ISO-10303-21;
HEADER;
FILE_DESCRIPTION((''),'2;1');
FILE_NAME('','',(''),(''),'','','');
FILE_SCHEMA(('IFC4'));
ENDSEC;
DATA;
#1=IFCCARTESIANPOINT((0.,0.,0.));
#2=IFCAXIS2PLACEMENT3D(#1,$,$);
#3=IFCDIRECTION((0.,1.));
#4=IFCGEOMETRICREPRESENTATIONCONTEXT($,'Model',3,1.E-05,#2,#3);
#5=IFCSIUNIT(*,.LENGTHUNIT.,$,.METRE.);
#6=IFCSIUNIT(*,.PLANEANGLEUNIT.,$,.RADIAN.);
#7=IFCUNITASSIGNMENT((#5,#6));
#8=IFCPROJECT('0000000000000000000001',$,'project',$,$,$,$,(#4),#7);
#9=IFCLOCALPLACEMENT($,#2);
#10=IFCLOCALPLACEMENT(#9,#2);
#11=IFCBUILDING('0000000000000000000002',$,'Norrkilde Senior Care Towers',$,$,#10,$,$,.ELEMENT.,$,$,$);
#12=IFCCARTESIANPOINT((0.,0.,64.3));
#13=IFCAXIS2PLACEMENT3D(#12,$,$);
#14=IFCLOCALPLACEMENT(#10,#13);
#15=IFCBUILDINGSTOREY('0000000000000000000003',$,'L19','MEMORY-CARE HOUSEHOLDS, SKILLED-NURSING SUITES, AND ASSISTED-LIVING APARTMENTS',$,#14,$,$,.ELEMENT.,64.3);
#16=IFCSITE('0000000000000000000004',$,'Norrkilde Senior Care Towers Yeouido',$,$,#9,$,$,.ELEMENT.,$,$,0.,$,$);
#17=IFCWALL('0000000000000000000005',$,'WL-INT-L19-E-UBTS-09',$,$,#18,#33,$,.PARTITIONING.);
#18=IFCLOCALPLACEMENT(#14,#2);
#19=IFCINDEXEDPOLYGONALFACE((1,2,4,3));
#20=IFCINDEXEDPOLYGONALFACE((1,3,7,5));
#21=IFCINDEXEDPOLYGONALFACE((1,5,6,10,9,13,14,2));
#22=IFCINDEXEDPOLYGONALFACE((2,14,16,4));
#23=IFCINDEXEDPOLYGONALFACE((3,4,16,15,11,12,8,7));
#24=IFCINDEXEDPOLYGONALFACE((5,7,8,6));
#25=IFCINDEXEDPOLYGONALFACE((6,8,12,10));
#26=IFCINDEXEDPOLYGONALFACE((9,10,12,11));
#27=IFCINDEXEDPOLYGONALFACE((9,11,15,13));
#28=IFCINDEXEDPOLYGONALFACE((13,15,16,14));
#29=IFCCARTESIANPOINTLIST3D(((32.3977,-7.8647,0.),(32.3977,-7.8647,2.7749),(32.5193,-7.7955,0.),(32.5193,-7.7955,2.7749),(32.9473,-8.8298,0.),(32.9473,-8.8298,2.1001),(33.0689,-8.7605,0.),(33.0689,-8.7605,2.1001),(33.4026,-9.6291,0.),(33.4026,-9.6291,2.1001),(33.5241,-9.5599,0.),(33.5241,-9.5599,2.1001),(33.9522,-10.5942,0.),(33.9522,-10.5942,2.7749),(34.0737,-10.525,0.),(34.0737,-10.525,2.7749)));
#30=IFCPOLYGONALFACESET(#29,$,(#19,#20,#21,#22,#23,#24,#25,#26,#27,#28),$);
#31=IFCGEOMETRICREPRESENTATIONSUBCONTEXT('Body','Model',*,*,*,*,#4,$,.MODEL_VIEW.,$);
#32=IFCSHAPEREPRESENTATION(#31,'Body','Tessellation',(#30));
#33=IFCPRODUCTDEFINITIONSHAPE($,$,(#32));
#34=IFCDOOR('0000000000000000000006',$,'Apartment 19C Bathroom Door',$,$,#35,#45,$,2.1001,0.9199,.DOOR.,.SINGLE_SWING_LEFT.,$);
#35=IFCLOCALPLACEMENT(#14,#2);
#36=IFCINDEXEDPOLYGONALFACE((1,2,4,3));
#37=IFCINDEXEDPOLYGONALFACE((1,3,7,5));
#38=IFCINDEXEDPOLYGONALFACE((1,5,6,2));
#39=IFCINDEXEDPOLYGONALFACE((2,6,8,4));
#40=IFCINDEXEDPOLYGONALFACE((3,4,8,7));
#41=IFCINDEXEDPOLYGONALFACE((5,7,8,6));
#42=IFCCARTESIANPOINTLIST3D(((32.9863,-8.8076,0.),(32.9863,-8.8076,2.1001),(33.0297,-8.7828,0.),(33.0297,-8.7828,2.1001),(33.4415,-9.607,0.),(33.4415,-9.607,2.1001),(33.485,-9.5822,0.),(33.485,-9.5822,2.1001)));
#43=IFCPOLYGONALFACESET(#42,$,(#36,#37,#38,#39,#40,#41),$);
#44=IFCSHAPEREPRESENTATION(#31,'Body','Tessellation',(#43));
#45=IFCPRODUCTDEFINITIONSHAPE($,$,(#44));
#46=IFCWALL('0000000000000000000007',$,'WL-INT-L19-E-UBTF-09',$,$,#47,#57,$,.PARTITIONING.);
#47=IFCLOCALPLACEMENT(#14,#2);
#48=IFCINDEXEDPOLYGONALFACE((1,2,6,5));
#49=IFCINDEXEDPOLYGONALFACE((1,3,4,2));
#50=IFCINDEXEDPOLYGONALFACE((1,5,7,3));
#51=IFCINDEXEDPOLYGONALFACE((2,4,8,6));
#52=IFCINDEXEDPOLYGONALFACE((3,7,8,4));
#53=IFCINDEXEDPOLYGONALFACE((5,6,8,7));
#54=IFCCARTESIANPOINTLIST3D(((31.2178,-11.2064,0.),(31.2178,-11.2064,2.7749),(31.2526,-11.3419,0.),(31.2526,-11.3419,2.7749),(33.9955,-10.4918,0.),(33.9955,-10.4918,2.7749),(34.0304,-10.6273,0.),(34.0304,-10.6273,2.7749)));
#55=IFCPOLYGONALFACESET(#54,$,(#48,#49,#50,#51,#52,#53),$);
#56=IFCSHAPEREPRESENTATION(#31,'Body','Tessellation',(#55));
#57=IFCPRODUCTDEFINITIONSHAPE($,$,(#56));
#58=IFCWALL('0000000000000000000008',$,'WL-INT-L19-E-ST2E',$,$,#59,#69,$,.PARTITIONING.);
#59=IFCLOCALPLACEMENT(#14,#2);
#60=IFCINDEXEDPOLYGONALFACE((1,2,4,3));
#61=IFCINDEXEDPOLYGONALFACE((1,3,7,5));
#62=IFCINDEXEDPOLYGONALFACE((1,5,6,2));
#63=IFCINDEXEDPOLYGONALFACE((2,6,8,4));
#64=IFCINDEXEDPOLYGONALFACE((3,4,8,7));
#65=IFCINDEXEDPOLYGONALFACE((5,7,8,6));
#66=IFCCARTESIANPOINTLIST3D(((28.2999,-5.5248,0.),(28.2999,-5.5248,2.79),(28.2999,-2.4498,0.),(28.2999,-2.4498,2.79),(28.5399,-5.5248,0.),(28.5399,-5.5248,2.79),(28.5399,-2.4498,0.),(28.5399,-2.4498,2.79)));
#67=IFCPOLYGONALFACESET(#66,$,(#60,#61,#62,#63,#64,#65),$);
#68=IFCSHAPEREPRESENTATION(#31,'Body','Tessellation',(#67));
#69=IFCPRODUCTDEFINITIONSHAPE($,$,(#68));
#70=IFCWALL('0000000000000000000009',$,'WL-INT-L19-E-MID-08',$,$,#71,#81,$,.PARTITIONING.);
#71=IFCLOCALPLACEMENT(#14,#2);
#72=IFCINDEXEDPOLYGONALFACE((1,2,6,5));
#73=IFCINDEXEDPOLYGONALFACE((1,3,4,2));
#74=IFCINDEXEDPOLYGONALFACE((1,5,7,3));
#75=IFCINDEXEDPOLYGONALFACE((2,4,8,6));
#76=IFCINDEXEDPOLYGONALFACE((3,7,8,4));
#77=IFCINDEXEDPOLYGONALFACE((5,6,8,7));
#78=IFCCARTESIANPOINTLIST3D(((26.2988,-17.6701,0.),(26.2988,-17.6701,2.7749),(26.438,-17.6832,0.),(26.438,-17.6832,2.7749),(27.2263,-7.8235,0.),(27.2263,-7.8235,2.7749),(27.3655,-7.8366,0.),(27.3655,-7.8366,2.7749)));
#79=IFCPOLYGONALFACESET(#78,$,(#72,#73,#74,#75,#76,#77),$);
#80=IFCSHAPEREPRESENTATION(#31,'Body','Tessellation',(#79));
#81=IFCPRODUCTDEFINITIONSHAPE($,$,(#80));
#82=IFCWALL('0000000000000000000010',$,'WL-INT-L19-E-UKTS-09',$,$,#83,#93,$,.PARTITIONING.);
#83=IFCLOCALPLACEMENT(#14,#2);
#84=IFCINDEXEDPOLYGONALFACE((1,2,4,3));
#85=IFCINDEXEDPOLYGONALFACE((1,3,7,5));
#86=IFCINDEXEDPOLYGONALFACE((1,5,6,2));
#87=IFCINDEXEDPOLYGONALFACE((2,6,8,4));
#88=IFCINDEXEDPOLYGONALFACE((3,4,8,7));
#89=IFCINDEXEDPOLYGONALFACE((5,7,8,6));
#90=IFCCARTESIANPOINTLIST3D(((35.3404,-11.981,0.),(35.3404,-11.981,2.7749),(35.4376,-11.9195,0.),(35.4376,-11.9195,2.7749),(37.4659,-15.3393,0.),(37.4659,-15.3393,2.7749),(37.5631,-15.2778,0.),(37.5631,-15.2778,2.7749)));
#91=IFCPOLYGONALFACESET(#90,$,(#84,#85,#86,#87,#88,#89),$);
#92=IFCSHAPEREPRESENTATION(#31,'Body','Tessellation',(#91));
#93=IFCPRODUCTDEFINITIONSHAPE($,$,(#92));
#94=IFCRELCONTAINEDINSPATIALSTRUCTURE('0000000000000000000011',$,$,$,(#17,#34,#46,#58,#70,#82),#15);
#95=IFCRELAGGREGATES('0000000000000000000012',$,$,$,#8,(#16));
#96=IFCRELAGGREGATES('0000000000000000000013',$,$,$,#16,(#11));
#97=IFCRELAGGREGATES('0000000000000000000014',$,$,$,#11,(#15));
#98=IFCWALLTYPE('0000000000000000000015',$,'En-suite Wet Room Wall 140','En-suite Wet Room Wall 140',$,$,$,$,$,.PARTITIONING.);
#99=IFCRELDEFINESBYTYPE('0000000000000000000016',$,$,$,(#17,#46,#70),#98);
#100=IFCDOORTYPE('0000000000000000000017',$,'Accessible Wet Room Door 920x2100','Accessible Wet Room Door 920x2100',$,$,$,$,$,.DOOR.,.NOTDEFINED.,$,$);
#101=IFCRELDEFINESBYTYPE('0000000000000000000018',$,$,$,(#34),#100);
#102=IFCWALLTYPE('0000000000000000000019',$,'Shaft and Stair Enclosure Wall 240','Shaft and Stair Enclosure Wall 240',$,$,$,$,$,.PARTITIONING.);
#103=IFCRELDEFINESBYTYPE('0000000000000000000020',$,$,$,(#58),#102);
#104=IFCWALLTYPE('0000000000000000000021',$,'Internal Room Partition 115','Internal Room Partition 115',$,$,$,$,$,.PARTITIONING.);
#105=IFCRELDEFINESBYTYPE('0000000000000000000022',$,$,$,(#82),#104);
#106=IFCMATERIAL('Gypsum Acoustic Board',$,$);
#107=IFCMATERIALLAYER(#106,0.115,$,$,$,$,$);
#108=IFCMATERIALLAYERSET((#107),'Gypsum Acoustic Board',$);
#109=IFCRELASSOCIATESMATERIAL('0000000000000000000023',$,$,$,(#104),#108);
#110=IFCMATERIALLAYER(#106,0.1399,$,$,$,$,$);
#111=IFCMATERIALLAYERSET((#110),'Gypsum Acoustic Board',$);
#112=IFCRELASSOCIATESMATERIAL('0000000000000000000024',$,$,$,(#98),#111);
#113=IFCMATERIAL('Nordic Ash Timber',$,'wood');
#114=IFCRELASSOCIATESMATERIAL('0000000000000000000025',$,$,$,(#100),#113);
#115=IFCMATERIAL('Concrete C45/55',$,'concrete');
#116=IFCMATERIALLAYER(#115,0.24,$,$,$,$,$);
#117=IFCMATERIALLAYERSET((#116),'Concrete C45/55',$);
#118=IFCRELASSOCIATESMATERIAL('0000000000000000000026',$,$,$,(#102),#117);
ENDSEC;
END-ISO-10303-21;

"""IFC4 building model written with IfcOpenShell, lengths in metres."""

from ifc_helpers import new_model, si_unit, direction, frame, frame_2d, origin, place, context, subcontext, project, spatial, rectangle, extrude, source, transform, mapped, material, layer, layer_set, type_object, type_shapes, element, fill, save


model = new_model("IFC4")

# Units and contexts
model_context = context("Model", 3, precision=1e-05, world=origin(), true_north=direction((0.0, 1.0)))
body_context = subcontext(model_context, "Body", "Model", "MODEL_VIEW")
ifc_project = project(units=[si_unit("LENGTHUNIT", "METRE"), si_unit("PLANEANGLEUNIT", "RADIAN")], contexts=[model_context])

# Site, building, storey
site_placement = place(None, origin())
site = spatial("IfcSite", under=ifc_project, at=site_placement, Name="Norrkilde Senior Care Towers Yeouido", CompositionType="ELEMENT", RefElevation=0.0)
building_placement = place(site_placement, origin())
building = spatial("IfcBuilding", under=site, at=building_placement, Name="Norrkilde Senior Care Towers", CompositionType="ELEMENT")
storey_placement = place(building_placement, frame((0.0, 0.0, 64.3)))
storey = spatial("IfcBuildingStorey", under=building, at=storey_placement, Name="L19", Description="MEMORY-CARE HOUSEHOLDS, SKILLED-NURSING SUITES, AND ASSISTED-LIVING APARTMENTS", CompositionType="ELEMENT", Elevation=64.3)

# Shared definitions
ifc_material_1 = material(Name="Gypsum Acoustic Board")
ifc_layer_1 = layer(ifc_material_1, 0.115)
ifc_layer_set_1 = layer_set([ifc_layer_1], Name="Gypsum Acoustic Board")
wall_type_1 = type_object("IfcWallType", Name="Internal Room Partition 115", Description="Internal Room Partition 115", PredefinedType="PARTITIONING", material=ifc_layer_set_1)
ifc_material_2 = material(Name="Concrete C45/55", Category="concrete")

# Wall, opening, door
ifc_layer_2 = layer(ifc_material_1, 0.1399)
ifc_layer_set_2 = layer_set([ifc_layer_2], Name="Gypsum Acoustic Board")
wall_type_2 = type_object("IfcWallType", Name="En-suite Wet Room Wall 140", Description="En-suite Wet Room Wall 140", PredefinedType="PARTITIONING", material=ifc_layer_set_2)
shared_shape_1 = source(origin(), body_context, "Body", "SweptSolid", [
    extrude(rectangle(XDim=3.1411, YDim=0.1399, at=frame_2d((1.5706, 0.0))), origin(), (0.0, 0.0, 1.0), 2.7749),
])
wall_1_placement = place(storey_placement, frame((32.4585, -7.8301, 0.0), z_axis=(0.0, 0.0, 1.0), x_axis=(0.494874, -0.868964, 0.0)))
wall_1 = element("IfcWall", 1, at=wall_1_placement, inside=storey, type_object=wall_type_2, Name="WL-INT-L19-E-UBTS-09", PredefinedType="PARTITIONING", context=body_context, shape_type="MappedRepresentation", body=[
    mapped(shared_shape_1, transform((0.0, 0.0, 0.0), x_axis=(1.0, 0.0, 0.0), y_axis=(0.0, 1.0, 0.0), z_axis=(0.0, 0.0, 1.0), scale=1.0)),
])
opening_1_placement = place(wall_1_placement, frame((1.1106, 0.0, 0.0)))
opening_1 = element("IfcOpeningElement", 2, at=opening_1_placement, cuts=wall_1, PredefinedType="OPENING", context=body_context, shape_type="SweptSolid", body=[
    extrude(rectangle(XDim=0.9199, YDim=2.1001, at=frame_2d((0.46, 1.05))), frame((0.0, 0.0798, 0.0), z_axis=(0.0, -1.0, 0.0), x_axis=(1.0, 0.0, 0.0)), (0.0, 0.0, 1.0), 0.1599),
])
ifc_material_3 = material(Name="Nordic Ash Timber", Category="wood")
door_type_1 = type_object("IfcDoorType", Name="Accessible Wet Room Door 920x2100", Description="Accessible Wet Room Door 920x2100", OperationType="NOTDEFINED", PredefinedType="DOOR", material=ifc_material_3)
shared_shape_2 = source(origin(), body_context, "Body", "SweptSolid", [
    extrude(rectangle(XDim=0.9199, YDim=2.1001, at=frame_2d((0.46, 1.05))), frame((0.0, 0.0249, 0.0), z_axis=(0.0, -1.0, 0.0), x_axis=(1.0, 0.0, 0.0)), (0.0, 0.0, 1.0), 0.05),
])
type_shapes(door_type_1, [shared_shape_2])
door_1_placement = place(opening_1_placement, origin())
door_1 = element("IfcDoor", 3, at=door_1_placement, inside=storey, type_object=door_type_1, Name="Apartment 19C Bathroom Door", OperationType="SINGLE_SWING_LEFT", OverallHeight=2.1001, OverallWidth=0.9199, PredefinedType="DOOR", context=body_context, shape_type="MappedRepresentation", body=[
    mapped(shared_shape_2, transform((0.0, 0.0, 0.0), x_axis=(1.0, 0.0, 0.0), y_axis=(0.0, 1.0, 0.0), z_axis=(0.0, 0.0, 1.0), scale=1.0)),
])
fill(opening_1, door_1)

# Walls
shared_shape_3 = source(origin(), body_context, "Body", "SweptSolid", [
    extrude(rectangle(XDim=2.8682, YDim=0.1399, at=frame_2d((1.4341, 0.0))), origin(), (0.0, 0.0, 1.0), 2.7749),
])
wall_2_placement = place(storey_placement, frame((34.0129, -10.5596, 0.0), z_axis=(0.0, 0.0, 1.0), x_axis=(-0.968468, -0.249139, 0.0)))
element("IfcWall", 4, at=wall_2_placement, inside=storey, type_object=wall_type_2, Name="WL-INT-L19-E-UBTF-09", PredefinedType="PARTITIONING", context=body_context, shape_type="MappedRepresentation", body=[
    mapped(shared_shape_3, transform((0.0, 0.0, 0.0), x_axis=(1.0, 0.0, 0.0), y_axis=(0.0, 1.0, 0.0), z_axis=(0.0, 0.0, 1.0), scale=1.0)),
])
ifc_layer_3 = layer(ifc_material_2, 0.24)
ifc_layer_set_3 = layer_set([ifc_layer_3], Name="Concrete C45/55")
wall_type_3 = type_object("IfcWallType", Name="Shaft and Stair Enclosure Wall 240", Description="Shaft and Stair Enclosure Wall 240", PredefinedType="PARTITIONING", material=ifc_layer_set_3)
shared_shape_4 = source(origin(), body_context, "Body", "SweptSolid", [
    extrude(rectangle(XDim=3.075, YDim=0.24, at=frame_2d((1.5376, 0.0))), origin(), (0.0, 0.0, 1.0), 2.79),
])
type_shapes(wall_type_3, [shared_shape_4])
wall_3_placement = place(storey_placement, frame((28.4199, -5.5249, 0.0), z_axis=(0.0, 0.0, 1.0), x_axis=(0.0, 1.0, 0.0)))
element("IfcWall", 5, at=wall_3_placement, inside=storey, type_object=wall_type_3, Name="WL-INT-L19-E-ST2E", PredefinedType="PARTITIONING", context=body_context, shape_type="MappedRepresentation", body=[
    mapped(shared_shape_4, transform((0.0, 0.0, 0.0), x_axis=(1.0, 0.0, 0.0), y_axis=(0.0, 1.0, 0.0), z_axis=(0.0, 0.0, 1.0), scale=1.0)),
])
shared_shape_5 = source(origin(), body_context, "Body", "SweptSolid", [
    extrude(rectangle(XDim=9.8901, YDim=0.1399, at=frame_2d((4.9451, 0.0))), origin(), (0.0, 0.0, 1.0), 2.7749),
])
type_shapes(wall_type_2, [shared_shape_1, shared_shape_3, shared_shape_5])
wall_4_placement = place(storey_placement, frame((27.2959, -7.8301, 0.0), z_axis=(0.0, 0.0, 1.0), x_axis=(-0.09378, -0.995593, 0.0)))
element("IfcWall", 6, at=wall_4_placement, inside=storey, type_object=wall_type_2, Name="WL-INT-L19-E-MID-08", PredefinedType="PARTITIONING", context=body_context, shape_type="MappedRepresentation", body=[
    mapped(shared_shape_5, transform((0.0, 0.0, 0.0), x_axis=(1.0, 0.0, 0.0), y_axis=(0.0, 1.0, 0.0), z_axis=(0.0, 0.0, 1.0), scale=1.0)),
])
shared_shape_6 = source(origin(), body_context, "Body", "SweptSolid", [
    extrude(rectangle(XDim=3.9744, YDim=0.115, at=frame_2d((1.9873, 0.0))), origin(), (0.0, 0.0, 1.0), 2.7749),
])
wall_5_placement = place(storey_placement, frame((35.3889, -11.9502, 0.0), z_axis=(0.0, 0.0, 1.0), x_axis=(0.534811, -0.844972, 0.0)))
element("IfcWall", 7, at=wall_5_placement, inside=storey, type_object=wall_type_1, Name="WL-INT-L19-E-UKTS-09", PredefinedType="PARTITIONING", context=body_context, shape_type="MappedRepresentation", body=[
    mapped(shared_shape_6, transform((0.0, 0.0, 0.0), x_axis=(1.0, 0.0, 0.0), y_axis=(0.0, 1.0, 0.0), z_axis=(0.0, 0.0, 1.0), scale=1.0)),
])

save(model, "model.ifc")
